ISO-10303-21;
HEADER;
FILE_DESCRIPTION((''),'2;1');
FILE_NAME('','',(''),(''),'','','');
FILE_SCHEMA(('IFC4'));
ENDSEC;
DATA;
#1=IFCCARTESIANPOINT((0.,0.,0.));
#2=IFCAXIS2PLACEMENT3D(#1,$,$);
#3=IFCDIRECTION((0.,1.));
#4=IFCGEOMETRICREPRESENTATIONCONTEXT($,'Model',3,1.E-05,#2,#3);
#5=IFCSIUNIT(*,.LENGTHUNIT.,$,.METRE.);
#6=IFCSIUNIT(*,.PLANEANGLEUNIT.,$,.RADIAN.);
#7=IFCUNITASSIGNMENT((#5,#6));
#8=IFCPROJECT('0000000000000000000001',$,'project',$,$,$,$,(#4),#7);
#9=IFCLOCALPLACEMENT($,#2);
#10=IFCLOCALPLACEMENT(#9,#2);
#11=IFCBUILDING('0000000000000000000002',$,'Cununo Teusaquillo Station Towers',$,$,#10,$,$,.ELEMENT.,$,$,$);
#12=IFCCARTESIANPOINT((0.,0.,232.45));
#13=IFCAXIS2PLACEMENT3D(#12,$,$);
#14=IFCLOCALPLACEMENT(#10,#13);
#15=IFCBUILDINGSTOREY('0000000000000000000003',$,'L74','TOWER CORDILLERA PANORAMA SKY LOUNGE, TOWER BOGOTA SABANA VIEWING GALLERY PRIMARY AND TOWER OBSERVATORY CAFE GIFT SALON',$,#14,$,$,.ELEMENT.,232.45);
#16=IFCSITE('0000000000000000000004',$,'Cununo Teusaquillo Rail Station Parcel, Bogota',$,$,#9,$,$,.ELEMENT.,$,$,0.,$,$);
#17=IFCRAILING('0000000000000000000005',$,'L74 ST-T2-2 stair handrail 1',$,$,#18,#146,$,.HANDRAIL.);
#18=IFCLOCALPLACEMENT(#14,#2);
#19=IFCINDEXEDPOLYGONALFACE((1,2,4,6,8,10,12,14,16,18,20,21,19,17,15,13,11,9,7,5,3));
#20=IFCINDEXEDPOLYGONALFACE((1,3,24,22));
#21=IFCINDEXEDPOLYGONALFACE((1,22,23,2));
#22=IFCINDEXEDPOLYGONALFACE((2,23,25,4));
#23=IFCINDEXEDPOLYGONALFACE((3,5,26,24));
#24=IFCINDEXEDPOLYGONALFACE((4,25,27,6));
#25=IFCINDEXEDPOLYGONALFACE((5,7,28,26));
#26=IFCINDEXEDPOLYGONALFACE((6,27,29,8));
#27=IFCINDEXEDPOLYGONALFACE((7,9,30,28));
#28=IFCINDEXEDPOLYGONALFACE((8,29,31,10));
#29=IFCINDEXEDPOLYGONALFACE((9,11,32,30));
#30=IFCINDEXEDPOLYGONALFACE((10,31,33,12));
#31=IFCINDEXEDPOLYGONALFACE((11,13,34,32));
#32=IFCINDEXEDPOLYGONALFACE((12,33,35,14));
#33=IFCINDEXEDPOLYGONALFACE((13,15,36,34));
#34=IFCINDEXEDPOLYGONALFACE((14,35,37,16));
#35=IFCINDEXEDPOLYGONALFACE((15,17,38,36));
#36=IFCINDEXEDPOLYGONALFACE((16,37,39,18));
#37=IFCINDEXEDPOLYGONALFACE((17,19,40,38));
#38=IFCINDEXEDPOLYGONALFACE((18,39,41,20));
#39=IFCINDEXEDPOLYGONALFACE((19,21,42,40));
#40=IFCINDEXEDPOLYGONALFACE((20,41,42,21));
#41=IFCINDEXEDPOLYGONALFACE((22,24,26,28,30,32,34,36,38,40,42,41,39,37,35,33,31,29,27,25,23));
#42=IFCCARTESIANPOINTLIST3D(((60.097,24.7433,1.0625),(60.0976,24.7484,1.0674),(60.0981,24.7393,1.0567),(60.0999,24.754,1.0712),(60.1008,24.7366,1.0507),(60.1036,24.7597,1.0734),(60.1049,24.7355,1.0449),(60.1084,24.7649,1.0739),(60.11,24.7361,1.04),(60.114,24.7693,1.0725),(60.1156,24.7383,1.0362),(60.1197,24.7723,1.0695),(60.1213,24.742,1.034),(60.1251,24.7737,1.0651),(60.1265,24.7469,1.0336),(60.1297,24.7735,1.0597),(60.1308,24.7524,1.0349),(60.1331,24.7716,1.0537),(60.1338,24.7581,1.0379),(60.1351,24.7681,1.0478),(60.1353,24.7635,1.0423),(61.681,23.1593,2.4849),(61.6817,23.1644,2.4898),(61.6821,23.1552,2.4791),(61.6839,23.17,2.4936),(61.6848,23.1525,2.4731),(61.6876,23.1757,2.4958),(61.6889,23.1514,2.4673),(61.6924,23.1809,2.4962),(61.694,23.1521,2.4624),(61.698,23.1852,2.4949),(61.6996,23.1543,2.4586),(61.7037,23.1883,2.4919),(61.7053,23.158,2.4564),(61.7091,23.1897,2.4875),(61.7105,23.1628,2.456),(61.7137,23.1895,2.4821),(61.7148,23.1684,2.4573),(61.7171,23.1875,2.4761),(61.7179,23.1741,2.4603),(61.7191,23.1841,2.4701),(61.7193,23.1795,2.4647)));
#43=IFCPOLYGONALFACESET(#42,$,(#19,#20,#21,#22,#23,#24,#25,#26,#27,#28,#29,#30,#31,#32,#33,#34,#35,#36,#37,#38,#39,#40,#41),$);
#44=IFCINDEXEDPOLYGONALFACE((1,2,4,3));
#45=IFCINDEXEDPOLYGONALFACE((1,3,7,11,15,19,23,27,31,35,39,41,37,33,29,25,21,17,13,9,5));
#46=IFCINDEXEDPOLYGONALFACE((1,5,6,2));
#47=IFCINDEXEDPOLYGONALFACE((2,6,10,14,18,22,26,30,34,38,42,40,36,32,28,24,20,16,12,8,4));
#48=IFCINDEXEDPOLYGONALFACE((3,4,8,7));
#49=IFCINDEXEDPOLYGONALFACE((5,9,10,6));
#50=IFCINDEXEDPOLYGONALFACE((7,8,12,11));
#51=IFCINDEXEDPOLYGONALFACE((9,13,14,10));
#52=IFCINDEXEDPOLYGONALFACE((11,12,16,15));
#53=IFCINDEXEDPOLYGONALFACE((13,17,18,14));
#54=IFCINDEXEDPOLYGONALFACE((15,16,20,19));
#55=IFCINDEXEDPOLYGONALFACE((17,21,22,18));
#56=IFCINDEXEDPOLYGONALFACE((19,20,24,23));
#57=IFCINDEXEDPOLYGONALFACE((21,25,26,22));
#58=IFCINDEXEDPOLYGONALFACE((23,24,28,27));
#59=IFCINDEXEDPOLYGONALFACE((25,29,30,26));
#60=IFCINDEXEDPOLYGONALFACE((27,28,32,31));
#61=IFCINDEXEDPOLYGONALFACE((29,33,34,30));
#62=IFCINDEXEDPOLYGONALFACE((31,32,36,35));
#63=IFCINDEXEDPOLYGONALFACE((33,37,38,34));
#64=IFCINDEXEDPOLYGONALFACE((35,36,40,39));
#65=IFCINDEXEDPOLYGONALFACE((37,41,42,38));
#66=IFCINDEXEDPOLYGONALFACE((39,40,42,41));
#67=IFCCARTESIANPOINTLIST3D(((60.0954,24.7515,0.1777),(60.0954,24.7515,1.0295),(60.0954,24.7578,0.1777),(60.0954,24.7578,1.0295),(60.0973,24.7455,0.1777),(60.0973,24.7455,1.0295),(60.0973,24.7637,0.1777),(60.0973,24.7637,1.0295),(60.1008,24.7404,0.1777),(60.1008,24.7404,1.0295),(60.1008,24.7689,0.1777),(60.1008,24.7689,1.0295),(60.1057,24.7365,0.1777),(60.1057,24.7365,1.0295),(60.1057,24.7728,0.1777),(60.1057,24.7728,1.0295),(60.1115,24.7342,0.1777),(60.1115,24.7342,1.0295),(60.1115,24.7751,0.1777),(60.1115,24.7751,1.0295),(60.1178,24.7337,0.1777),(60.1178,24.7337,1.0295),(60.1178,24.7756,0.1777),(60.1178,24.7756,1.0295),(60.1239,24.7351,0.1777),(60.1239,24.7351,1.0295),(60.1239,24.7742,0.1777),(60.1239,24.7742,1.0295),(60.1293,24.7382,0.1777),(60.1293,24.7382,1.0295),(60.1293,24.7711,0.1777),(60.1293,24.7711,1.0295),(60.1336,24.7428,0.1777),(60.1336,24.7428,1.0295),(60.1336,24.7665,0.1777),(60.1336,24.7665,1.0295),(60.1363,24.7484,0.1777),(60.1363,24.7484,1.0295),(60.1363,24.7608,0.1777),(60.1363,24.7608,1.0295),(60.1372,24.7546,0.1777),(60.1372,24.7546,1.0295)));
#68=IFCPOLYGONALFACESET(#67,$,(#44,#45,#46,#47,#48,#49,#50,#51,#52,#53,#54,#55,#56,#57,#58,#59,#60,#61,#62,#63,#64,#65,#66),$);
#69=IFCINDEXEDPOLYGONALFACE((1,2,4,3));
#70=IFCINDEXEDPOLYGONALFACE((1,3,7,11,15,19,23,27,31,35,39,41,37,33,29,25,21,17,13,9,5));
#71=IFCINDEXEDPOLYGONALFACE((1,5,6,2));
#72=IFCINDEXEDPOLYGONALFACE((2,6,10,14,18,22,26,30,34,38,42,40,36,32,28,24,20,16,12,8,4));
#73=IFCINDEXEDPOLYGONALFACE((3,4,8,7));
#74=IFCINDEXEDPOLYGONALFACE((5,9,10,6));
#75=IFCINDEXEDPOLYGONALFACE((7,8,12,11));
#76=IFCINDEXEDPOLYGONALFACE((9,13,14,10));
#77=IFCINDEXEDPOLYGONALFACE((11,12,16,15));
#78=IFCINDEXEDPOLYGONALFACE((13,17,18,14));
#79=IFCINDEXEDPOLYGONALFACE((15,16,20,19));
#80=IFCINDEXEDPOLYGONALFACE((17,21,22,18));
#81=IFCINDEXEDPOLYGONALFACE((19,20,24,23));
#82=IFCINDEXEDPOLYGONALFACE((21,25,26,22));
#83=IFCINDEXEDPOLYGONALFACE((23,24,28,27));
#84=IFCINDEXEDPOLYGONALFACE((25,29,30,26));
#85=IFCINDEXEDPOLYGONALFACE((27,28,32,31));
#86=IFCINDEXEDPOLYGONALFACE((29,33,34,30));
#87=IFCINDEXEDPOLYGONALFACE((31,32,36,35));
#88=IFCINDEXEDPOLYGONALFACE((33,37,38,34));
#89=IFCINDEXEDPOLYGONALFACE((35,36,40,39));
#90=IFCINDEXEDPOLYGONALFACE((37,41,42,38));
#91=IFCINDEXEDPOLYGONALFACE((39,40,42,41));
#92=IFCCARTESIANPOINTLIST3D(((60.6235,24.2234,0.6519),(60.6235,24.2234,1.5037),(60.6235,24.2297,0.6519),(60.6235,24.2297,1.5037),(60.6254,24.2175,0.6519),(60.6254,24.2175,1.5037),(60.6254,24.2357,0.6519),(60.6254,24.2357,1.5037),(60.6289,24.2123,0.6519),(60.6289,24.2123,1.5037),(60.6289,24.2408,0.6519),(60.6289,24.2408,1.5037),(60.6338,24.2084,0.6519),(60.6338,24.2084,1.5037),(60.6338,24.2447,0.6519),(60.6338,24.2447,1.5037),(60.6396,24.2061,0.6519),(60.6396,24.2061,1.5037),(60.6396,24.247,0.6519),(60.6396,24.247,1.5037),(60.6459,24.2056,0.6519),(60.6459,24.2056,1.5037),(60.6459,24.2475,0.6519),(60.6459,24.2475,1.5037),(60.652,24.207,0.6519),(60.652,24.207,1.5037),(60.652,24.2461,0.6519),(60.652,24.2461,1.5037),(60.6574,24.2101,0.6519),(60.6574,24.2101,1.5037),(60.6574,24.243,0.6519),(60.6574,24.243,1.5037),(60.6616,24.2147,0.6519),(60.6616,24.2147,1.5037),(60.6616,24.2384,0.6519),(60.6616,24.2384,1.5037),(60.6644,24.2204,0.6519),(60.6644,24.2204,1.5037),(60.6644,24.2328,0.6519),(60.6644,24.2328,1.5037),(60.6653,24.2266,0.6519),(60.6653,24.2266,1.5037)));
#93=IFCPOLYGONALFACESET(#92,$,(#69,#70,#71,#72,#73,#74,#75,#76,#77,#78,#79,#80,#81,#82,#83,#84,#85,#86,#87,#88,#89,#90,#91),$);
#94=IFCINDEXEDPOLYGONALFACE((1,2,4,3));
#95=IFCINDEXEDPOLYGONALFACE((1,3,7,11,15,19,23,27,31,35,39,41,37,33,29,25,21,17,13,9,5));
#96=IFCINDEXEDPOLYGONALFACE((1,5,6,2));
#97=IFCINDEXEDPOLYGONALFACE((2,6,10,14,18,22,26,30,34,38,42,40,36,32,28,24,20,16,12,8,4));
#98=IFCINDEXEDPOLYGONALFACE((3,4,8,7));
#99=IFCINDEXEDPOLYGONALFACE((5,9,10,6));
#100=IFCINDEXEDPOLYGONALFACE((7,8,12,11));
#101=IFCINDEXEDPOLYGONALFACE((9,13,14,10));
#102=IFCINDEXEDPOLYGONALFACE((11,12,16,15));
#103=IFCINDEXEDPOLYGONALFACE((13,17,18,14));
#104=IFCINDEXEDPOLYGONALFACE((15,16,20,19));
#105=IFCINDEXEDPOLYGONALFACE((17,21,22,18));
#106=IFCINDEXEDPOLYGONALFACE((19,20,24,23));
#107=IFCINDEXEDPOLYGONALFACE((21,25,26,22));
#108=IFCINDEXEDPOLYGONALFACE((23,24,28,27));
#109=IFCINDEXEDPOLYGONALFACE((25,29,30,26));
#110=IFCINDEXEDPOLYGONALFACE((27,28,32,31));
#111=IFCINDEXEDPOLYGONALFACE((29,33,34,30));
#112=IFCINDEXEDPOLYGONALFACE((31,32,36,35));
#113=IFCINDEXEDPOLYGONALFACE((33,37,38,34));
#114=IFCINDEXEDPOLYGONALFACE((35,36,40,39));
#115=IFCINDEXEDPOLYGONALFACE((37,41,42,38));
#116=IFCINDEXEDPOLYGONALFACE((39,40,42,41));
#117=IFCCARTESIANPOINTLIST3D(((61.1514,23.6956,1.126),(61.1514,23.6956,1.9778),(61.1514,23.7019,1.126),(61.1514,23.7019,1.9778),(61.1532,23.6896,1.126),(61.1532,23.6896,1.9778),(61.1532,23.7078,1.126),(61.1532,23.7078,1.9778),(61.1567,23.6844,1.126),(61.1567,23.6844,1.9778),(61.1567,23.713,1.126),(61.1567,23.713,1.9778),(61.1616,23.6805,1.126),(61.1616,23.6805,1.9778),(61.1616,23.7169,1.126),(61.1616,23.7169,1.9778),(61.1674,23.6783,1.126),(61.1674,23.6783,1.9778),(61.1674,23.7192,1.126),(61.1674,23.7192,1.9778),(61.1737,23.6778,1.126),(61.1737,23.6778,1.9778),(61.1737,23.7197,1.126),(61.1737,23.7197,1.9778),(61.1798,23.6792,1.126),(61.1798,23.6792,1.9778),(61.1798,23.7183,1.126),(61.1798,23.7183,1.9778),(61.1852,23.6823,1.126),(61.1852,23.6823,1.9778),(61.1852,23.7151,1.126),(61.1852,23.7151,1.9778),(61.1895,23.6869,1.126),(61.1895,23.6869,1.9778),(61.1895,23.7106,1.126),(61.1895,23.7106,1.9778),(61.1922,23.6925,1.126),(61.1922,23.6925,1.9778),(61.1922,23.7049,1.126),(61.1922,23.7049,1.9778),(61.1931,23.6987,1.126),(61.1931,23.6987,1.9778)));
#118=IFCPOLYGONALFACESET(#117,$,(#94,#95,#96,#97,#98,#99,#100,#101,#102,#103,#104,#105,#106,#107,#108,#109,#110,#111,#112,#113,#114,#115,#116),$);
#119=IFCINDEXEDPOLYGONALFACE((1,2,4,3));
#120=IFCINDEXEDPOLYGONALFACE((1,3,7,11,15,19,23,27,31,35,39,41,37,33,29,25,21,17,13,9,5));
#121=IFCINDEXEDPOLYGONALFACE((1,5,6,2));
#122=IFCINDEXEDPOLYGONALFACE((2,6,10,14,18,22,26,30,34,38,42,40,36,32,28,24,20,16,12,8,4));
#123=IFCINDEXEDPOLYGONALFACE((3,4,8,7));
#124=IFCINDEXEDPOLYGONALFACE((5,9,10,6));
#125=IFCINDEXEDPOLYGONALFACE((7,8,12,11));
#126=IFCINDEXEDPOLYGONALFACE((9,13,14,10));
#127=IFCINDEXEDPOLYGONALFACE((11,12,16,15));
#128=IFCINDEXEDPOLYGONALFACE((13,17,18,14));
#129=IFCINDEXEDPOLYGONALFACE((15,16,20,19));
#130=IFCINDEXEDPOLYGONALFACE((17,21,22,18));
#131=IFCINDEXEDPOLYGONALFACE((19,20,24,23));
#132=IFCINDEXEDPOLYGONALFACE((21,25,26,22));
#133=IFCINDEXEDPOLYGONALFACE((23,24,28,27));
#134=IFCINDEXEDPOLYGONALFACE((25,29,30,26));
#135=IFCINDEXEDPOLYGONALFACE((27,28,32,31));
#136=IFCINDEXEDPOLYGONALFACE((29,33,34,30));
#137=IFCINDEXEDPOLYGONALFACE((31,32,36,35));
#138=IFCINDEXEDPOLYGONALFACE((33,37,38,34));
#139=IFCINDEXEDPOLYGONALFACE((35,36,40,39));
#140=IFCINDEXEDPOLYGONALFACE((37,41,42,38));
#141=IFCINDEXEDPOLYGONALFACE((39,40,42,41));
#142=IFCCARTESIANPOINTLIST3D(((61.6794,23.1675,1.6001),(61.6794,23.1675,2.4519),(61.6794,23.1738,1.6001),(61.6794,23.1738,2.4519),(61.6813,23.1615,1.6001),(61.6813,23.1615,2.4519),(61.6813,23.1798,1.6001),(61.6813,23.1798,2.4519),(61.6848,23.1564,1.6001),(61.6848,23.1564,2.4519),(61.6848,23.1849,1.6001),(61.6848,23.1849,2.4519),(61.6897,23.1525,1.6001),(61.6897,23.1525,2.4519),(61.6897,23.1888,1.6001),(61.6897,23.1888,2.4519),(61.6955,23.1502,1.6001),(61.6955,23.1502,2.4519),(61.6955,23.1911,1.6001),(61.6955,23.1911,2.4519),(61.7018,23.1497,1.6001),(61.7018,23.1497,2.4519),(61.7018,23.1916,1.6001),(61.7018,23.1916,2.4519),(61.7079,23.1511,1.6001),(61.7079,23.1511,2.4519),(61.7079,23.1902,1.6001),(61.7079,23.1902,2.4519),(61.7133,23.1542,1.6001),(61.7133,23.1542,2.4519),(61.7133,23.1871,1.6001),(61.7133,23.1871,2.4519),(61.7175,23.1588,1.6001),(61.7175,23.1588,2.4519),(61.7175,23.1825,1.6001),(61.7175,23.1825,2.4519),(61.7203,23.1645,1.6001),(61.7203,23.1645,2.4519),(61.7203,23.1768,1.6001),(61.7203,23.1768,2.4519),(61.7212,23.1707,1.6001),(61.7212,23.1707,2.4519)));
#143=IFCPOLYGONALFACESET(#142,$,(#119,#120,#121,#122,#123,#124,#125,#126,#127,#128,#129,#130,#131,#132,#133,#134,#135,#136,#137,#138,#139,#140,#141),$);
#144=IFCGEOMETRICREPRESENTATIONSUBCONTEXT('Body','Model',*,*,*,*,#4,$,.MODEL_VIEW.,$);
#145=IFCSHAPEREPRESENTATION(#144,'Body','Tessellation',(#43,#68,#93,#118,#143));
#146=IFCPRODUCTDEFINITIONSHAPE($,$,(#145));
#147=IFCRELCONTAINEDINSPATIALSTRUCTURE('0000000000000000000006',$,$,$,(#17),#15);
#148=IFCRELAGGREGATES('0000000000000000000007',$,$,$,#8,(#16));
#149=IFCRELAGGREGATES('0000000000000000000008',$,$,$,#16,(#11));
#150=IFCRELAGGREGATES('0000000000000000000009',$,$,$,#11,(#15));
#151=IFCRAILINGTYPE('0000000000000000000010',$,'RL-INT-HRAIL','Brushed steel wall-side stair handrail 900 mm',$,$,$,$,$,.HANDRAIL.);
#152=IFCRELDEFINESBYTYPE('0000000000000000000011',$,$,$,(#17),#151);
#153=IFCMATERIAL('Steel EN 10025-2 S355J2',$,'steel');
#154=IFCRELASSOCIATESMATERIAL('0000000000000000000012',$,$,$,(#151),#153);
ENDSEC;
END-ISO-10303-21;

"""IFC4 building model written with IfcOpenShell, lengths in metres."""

from ifc_helpers import new_model, si_unit, direction, frame, origin, origin_2d, place, context, subcontext, project, spatial, circle, extrude, material, type_object, element, save


model = new_model("IFC4")

# Units and contexts
model_context = context("Model", 3, precision=1e-05, world=origin(), true_north=direction((0.0, 1.0)))
body_context = subcontext(model_context, "Body", "Model", "MODEL_VIEW")
ifc_project = project(units=[si_unit("LENGTHUNIT", "METRE"), si_unit("PLANEANGLEUNIT", "RADIAN")], contexts=[model_context])

# Site, building, storey
site_placement = place(None, origin())
site = spatial("IfcSite", under=ifc_project, at=site_placement, Name="Cununo Teusaquillo Rail Station Parcel, Bogota", CompositionType="ELEMENT", RefElevation=0.0)
building_placement = place(site_placement, origin())
building = spatial("IfcBuilding", under=site, at=building_placement, Name="Cununo Teusaquillo Station Towers", CompositionType="ELEMENT")
storey_placement = place(building_placement, frame((0.0, 0.0, 232.45)))
storey = spatial("IfcBuildingStorey", under=building, at=storey_placement, Name="L74", Description="TOWER CORDILLERA PANORAMA SKY LOUNGE, TOWER BOGOTA SABANA VIEWING GALLERY PRIMARY AND TOWER OBSERVATORY CAFE GIFT SALON", CompositionType="ELEMENT", Elevation=232.45)

# Railing
ifc_material_1 = material(Name="Steel EN 10025-2 S355J2", Category="steel")
railing_type_1 = type_object("IfcRailingType", Name="RL-INT-HRAIL", Description="Brushed steel wall-side stair handrail 900 mm", PredefinedType="HANDRAIL", material=ifc_material_1)
railing_1_placement = place(storey_placement, frame((60.1162, 24.7546, 0.1777)))
element("IfcRailing", 1, at=railing_1_placement, inside=storey, type_object=railing_type_1, Name="L74 ST-T2-2 stair handrail 1", PredefinedType="HANDRAIL", context=body_context, shape_type="SweptSolid", body=[
    extrude(circle(Radius=0.0239, at=origin_2d()), frame((0.0, 0.0, 0.876), z_axis=(0.596939, -0.596939, 0.53603), x_axis=(0.707107, 0.707107, 0.0)), (0.0, 0.0, 1.0), 2.6536),
    extrude(circle(Radius=0.021, at=origin_2d()), origin(), (0.0, 0.0, 1.0), 0.8518),
    extrude(circle(Radius=0.021, at=origin_2d()), frame((0.5281, -0.5281, 0.4741)), (0.0, 0.0, 1.0), 0.8518),
    extrude(circle(Radius=0.021, at=origin_2d()), frame((1.0559, -1.0559, 0.9482)), (0.0, 0.0, 1.0), 0.8518),
    extrude(circle(Radius=0.021, at=origin_2d()), frame((1.584, -1.584, 1.4224)), (0.0, 0.0, 1.0), 0.8518),
])

save(model, "model.ifc")
